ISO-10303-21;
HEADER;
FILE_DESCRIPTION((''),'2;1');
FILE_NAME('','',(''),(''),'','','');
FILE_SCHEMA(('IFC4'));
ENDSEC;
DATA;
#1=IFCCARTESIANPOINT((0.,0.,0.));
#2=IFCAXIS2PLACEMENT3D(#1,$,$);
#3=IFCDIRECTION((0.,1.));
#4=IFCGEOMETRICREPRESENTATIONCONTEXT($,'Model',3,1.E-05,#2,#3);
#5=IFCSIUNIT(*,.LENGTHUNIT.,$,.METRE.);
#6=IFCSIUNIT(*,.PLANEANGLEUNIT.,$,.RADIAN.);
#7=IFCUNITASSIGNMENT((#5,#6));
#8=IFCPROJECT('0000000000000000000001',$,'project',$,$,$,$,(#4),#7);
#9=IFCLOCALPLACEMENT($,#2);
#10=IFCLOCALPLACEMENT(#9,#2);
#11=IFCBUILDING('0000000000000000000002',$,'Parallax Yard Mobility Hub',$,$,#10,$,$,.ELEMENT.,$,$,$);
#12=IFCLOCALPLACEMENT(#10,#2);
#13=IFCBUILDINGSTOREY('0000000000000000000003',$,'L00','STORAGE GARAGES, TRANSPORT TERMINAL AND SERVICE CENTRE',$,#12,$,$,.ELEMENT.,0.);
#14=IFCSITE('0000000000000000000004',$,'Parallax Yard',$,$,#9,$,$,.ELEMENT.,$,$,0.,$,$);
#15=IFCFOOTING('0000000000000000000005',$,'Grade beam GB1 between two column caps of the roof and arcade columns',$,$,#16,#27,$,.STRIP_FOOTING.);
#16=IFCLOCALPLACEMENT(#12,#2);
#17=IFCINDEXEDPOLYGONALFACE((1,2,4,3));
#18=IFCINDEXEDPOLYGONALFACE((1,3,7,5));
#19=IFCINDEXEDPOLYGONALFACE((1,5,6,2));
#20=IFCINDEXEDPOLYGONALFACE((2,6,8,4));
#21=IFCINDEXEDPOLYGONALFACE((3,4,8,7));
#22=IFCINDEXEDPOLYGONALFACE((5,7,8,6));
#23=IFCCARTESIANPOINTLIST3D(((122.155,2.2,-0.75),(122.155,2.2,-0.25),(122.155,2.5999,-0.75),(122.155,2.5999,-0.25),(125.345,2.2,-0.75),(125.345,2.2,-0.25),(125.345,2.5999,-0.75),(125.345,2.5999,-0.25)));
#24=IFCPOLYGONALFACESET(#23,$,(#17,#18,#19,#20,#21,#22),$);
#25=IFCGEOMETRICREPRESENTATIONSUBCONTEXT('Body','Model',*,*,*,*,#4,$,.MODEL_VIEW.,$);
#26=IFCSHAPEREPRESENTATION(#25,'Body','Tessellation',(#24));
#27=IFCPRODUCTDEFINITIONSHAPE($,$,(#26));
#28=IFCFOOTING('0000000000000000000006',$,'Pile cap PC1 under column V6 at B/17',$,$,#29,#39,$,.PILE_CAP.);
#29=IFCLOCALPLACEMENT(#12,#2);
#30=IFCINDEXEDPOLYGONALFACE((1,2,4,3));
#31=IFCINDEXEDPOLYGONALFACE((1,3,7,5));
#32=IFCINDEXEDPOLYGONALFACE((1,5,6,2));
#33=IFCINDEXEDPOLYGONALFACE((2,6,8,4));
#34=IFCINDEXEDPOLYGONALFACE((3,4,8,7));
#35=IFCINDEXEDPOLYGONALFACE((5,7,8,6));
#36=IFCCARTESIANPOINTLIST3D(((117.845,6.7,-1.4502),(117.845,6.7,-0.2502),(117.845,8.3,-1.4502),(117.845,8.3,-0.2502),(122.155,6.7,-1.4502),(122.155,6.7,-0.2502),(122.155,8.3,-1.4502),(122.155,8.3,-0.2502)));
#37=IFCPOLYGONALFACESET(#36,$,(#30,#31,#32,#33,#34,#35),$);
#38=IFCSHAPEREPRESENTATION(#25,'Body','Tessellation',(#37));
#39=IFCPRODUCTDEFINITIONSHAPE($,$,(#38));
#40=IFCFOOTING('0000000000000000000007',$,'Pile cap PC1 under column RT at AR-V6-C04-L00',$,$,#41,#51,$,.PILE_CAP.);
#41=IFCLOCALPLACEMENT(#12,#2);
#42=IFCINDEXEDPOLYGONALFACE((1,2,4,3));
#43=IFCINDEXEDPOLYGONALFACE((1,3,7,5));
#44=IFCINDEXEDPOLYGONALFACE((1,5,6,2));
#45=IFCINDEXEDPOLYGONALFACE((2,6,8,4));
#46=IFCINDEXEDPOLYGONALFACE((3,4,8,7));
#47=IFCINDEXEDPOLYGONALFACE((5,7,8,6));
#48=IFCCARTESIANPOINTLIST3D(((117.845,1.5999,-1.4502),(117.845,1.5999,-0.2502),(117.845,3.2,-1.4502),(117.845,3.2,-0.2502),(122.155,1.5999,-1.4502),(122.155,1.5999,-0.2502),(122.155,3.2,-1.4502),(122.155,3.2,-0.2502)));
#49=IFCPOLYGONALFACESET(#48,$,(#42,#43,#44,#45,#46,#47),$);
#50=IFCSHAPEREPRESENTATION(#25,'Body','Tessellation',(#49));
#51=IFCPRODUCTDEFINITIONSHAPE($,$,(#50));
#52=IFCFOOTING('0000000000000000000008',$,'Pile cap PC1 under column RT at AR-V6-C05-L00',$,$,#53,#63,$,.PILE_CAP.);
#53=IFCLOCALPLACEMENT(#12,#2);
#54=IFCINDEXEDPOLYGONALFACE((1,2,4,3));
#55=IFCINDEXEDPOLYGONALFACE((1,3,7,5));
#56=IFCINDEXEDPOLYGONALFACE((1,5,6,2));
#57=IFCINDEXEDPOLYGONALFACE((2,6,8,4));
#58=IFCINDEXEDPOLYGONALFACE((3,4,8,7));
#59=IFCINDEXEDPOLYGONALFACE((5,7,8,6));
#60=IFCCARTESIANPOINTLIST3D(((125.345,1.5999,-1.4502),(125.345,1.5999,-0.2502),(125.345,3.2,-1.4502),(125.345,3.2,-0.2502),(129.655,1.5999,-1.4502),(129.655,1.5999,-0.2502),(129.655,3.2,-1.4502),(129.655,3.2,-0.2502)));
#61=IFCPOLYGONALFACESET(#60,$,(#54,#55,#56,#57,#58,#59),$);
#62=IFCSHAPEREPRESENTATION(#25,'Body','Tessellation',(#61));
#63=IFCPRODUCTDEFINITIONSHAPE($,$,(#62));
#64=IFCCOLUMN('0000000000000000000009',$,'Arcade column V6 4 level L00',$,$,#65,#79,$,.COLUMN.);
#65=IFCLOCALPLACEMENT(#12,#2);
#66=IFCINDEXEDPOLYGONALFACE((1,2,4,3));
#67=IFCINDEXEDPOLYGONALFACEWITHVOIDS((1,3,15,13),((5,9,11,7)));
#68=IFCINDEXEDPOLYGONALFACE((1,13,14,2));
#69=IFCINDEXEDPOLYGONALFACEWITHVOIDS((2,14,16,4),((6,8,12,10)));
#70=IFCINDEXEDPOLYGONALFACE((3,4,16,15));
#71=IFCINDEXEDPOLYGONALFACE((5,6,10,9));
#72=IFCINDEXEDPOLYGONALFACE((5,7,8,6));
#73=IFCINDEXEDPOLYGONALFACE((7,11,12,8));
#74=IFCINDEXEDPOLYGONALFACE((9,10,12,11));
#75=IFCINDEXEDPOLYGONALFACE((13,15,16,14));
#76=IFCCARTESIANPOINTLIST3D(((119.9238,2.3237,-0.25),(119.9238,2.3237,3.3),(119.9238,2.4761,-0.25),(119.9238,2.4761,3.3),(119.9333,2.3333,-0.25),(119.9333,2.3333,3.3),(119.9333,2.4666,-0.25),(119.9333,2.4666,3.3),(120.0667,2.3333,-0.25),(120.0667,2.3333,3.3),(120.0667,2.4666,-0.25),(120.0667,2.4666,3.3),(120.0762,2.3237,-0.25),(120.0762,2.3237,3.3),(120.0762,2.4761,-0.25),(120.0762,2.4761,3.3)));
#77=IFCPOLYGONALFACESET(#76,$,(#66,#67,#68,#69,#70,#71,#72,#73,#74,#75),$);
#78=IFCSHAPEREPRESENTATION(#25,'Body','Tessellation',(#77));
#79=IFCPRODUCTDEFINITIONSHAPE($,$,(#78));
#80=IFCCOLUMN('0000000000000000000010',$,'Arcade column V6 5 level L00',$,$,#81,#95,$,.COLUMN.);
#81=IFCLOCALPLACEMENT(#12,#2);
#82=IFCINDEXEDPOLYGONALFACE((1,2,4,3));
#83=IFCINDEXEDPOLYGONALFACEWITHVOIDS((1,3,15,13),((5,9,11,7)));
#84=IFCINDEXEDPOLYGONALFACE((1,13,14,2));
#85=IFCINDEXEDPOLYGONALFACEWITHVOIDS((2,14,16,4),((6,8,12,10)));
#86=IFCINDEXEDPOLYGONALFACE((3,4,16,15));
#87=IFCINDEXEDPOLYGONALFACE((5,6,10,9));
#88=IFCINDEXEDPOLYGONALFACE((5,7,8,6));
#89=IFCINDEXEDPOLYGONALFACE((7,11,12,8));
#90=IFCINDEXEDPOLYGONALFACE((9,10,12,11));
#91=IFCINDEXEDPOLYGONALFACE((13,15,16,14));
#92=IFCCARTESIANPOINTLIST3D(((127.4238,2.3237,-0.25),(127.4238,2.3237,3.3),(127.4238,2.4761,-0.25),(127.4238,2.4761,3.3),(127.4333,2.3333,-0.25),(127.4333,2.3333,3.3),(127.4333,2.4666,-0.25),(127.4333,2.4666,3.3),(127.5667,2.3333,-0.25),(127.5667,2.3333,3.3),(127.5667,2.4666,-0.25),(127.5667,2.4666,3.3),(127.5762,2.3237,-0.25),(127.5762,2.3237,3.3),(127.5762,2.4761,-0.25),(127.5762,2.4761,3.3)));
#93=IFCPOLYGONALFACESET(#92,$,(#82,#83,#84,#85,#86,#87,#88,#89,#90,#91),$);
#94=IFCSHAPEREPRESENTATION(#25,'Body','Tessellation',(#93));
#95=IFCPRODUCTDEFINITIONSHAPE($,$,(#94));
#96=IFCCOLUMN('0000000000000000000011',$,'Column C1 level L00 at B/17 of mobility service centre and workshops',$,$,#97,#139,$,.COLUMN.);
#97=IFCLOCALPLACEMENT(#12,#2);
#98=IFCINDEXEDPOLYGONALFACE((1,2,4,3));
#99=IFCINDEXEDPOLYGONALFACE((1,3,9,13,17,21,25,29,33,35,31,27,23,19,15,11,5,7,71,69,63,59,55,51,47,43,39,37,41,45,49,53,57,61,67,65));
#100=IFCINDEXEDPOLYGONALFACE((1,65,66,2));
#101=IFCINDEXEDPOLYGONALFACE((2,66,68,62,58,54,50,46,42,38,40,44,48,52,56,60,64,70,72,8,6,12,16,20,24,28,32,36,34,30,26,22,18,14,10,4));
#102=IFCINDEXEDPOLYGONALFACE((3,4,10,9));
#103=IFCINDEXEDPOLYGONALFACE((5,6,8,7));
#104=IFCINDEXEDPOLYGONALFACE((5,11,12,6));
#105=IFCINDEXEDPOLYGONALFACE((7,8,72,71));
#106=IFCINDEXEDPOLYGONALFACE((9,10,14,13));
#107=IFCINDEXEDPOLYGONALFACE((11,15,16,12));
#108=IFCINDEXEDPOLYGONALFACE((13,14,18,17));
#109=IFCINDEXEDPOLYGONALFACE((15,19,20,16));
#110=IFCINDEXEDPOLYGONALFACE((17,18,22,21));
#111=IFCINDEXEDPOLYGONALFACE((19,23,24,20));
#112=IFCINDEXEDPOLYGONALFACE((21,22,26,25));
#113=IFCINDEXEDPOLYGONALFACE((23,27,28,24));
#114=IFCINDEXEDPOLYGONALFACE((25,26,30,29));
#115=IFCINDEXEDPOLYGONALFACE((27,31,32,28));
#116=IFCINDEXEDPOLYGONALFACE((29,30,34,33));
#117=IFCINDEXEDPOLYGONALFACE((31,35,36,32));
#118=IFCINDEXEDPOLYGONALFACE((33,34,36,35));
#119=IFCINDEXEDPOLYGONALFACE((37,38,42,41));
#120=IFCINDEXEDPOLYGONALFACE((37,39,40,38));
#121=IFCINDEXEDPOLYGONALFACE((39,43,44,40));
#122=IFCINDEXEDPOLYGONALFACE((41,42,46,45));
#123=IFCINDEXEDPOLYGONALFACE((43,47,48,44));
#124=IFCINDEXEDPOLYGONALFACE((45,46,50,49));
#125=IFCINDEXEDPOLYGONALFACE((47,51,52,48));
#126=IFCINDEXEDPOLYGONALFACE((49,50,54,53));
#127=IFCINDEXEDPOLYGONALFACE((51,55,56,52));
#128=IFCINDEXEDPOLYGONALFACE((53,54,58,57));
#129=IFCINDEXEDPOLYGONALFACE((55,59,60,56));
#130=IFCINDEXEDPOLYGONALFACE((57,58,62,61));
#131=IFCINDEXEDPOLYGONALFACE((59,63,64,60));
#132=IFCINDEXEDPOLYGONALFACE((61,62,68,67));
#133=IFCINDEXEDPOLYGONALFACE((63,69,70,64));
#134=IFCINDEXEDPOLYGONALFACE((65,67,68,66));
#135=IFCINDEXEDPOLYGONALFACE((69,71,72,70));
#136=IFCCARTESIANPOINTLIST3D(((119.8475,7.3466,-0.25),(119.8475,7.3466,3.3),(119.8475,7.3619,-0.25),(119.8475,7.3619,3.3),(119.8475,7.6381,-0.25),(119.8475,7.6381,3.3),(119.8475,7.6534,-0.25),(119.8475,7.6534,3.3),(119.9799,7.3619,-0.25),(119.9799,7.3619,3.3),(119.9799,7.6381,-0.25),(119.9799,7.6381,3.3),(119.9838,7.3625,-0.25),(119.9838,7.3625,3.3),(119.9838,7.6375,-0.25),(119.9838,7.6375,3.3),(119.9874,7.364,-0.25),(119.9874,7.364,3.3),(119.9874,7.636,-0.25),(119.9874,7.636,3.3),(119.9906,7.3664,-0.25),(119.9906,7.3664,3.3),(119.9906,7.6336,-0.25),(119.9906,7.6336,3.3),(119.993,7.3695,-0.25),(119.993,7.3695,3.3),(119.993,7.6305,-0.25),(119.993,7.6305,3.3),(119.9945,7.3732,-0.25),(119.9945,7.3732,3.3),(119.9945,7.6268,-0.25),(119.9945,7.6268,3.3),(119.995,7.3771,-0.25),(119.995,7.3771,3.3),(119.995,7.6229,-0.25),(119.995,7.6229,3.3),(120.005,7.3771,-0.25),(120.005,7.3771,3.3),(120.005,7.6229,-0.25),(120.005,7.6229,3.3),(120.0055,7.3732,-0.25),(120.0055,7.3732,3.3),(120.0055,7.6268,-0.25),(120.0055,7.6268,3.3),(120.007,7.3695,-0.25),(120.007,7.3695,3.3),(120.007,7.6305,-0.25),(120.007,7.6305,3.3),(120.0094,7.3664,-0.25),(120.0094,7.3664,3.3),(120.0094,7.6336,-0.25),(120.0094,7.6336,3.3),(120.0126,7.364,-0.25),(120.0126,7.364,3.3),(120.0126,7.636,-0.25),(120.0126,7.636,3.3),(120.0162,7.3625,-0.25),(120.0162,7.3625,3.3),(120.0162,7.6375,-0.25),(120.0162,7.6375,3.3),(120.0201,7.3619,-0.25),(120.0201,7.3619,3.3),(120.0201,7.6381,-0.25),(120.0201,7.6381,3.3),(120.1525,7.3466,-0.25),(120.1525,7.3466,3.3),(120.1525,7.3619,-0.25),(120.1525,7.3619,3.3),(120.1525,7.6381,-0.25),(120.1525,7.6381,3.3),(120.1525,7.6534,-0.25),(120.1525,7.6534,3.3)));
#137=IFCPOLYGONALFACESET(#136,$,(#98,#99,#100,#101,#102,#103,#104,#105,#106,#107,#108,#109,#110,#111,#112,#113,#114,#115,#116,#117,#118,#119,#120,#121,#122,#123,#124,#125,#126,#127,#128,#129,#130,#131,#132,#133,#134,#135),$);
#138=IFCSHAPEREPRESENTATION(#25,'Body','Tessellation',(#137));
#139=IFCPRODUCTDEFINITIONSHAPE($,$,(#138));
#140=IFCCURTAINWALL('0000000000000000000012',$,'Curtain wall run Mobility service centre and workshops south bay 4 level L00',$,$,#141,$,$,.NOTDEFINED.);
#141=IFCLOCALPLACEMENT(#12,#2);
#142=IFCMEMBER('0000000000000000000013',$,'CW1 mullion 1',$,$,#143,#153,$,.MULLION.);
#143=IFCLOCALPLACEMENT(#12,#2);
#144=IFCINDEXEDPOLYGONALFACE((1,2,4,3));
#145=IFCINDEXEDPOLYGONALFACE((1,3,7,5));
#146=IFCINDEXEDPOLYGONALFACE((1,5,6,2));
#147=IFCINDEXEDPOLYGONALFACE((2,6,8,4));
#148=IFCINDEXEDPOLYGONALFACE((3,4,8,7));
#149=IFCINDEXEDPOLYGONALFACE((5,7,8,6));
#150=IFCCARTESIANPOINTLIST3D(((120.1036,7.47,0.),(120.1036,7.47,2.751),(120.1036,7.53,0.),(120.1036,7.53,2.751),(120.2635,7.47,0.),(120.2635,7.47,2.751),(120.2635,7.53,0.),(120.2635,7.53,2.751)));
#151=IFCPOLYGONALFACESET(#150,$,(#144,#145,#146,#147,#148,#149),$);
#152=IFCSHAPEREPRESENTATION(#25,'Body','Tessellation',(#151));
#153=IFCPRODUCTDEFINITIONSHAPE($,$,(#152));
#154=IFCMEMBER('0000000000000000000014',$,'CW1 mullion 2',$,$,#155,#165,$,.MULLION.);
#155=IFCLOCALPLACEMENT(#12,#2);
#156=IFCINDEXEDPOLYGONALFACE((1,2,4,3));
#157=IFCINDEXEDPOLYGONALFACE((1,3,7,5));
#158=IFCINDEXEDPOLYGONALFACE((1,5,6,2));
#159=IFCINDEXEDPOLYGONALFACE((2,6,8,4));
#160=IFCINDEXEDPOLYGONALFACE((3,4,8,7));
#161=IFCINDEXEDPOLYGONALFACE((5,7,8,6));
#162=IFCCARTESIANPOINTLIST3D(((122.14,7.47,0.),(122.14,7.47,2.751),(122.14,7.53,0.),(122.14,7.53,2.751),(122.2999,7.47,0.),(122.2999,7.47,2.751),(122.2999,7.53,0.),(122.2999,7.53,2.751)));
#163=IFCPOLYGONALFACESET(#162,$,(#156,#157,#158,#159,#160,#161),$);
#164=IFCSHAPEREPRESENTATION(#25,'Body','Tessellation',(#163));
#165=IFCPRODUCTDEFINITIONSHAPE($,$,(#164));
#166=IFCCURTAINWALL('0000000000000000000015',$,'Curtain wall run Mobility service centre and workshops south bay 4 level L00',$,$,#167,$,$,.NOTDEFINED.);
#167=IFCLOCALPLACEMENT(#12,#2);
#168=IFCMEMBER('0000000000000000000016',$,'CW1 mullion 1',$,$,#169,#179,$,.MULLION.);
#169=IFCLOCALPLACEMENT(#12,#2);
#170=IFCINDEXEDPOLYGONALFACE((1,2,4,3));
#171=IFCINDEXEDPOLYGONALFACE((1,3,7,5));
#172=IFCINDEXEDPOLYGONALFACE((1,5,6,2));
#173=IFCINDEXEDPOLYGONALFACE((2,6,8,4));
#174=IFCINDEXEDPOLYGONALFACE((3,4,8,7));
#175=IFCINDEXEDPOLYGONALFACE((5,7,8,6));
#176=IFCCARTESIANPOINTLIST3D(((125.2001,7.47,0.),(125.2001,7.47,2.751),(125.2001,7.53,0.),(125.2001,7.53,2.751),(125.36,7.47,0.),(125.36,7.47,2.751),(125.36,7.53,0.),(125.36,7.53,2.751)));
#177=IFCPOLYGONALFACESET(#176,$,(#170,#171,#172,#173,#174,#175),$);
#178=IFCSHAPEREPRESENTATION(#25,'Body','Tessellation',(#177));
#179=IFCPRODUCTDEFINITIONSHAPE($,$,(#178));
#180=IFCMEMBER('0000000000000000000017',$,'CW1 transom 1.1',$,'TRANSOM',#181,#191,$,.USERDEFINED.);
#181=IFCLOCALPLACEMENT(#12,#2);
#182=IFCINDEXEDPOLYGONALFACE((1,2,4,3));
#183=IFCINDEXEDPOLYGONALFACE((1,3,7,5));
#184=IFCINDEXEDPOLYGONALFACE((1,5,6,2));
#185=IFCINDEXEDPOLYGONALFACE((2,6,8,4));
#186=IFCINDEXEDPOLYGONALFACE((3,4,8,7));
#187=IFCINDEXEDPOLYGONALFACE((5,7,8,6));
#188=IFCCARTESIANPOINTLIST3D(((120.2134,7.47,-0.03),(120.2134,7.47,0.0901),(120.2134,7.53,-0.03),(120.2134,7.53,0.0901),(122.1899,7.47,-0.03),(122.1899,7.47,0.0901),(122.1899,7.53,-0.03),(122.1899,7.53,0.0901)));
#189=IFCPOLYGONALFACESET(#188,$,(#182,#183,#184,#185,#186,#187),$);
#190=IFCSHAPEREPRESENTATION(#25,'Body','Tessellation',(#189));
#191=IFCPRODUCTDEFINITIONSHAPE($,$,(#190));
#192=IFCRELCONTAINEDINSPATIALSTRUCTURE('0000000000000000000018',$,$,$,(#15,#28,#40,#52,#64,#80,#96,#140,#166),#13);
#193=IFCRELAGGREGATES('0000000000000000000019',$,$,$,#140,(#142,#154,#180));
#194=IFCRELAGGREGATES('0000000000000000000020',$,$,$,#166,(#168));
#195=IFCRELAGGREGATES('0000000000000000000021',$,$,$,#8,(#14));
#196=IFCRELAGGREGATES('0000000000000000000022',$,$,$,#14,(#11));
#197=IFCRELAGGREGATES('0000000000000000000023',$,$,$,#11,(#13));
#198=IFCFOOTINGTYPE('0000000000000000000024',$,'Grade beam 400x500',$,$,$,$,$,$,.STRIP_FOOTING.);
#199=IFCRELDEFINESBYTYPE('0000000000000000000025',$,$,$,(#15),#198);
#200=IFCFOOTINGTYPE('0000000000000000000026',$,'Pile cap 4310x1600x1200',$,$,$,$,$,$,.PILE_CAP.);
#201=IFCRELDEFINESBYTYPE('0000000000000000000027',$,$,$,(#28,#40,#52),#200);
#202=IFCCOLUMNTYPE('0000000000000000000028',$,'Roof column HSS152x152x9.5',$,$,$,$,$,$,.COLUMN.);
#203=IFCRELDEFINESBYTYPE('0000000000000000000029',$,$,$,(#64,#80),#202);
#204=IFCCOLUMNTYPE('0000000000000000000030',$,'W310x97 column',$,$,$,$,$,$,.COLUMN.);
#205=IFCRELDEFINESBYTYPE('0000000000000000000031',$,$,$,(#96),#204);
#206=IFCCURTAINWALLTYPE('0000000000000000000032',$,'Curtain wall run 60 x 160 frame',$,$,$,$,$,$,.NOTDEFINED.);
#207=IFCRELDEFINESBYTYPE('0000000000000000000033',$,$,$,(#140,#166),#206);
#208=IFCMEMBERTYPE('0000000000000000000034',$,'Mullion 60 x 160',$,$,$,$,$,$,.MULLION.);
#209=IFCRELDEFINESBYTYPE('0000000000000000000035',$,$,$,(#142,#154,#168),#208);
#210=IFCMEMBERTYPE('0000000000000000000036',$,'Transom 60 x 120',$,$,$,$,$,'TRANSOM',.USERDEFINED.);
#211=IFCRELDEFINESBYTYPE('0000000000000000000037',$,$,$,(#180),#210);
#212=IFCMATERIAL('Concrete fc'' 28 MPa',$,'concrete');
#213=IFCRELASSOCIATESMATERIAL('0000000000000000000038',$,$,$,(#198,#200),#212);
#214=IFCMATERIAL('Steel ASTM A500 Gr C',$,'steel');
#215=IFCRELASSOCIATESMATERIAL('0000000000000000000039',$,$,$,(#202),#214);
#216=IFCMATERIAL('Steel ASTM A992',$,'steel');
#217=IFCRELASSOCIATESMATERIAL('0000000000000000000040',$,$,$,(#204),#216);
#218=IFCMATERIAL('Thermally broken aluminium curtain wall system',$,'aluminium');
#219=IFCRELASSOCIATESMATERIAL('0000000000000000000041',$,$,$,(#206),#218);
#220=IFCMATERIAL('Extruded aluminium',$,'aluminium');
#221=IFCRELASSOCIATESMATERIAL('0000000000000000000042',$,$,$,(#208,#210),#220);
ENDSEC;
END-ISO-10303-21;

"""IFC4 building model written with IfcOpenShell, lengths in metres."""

from ifc_helpers import new_model, si_unit, direction, frame, origin, origin_2d, place, context, subcontext, project, spatial, rectangle, hollow_rectangle, i_section, extrude, material, material_profile, profile_set, type_object, element, aggregate, save


model = new_model("IFC4")

# Units and contexts
model_context = context("Model", 3, precision=1e-05, world=origin(), true_north=direction((0.0, 1.0)))
body_context = subcontext(model_context, "Body", "Model", "MODEL_VIEW")
ifc_project = project(units=[si_unit("LENGTHUNIT", "METRE"), si_unit("PLANEANGLEUNIT", "RADIAN")], contexts=[model_context])

# Site, building, storey
site_placement = place(None, origin())
site = spatial("IfcSite", under=ifc_project, at=site_placement, Name="Parallax Yard", CompositionType="ELEMENT", RefElevation=0.0)
building_placement = place(site_placement, origin())
building = spatial("IfcBuilding", under=site, at=building_placement, Name="Parallax Yard Mobility Hub", CompositionType="ELEMENT")
storey_placement = place(building_placement, origin())
storey = spatial("IfcBuildingStorey", under=building, at=storey_placement, Name="L00", Description="STORAGE GARAGES, TRANSPORT TERMINAL AND SERVICE CENTRE", CompositionType="ELEMENT", Elevation=0.0)

# Shared definitions
ifc_material_1 = material(Name="Concrete fc' 28 MPa", Category="concrete")

# Footings
ifc_material_profile_1 = material_profile(ifc_material_1, rectangle(XDim=0.3999, YDim=0.5, at=origin_2d()), Name="Grade beam 400x500")
ifc_profile_set_1 = profile_set([ifc_material_profile_1], Name="Concrete fc' 28 MPa")
footing_type_1 = type_object("IfcFootingType", Name="Grade beam 400x500", PredefinedType="STRIP_FOOTING", material=ifc_profile_set_1)
for number, where, z_axis, x_axis, name in (
    (1, (122.155, 2.3999, -0.5), (1.0, 0.0, 0.0), (0.0, 1.0, 0.0), "Grade beam GB1 between two column caps of the roof and arcade columns"),
):
    element("IfcFooting", number, at=place(storey_placement, frame(where, z_axis=z_axis, x_axis=x_axis)), inside=storey, type_object=footing_type_1, Name=name, PredefinedType="STRIP_FOOTING", context=body_context, shape_type="SweptSolid", body=[
        extrude(rectangle(XDim=0.3999, YDim=0.5, at=origin_2d()), origin(), (0.0, 0.0, 1.0), 3.1899),
    ])
footing_type_2 = type_object("IfcFootingType", Name="Pile cap 4310x1600x1200", PredefinedType="PILE_CAP", material=ifc_material_1)
for number, where, z_axis, x_axis, name in (
    (2, (120.0, 7.5, -1.4502), (0.0, 0.0, 1.0), (1.0, 0.0, 0.0), "Pile cap PC1 under column V6 at B/17"),
    (3, (120.0, 2.3999, -1.4502), (0.0, 0.0, 1.0), (1.0, 0.0, 0.0), "Pile cap PC1 under column RT at AR-V6-C04-L00"),
    (4, (127.5, 2.3999, -1.4502), (0.0, 0.0, 1.0), (1.0, 0.0, 0.0), "Pile cap PC1 under column RT at AR-V6-C05-L00"),
):
    element("IfcFooting", number, at=place(storey_placement, frame(where, z_axis=z_axis, x_axis=x_axis)), inside=storey, type_object=footing_type_2, Name=name, PredefinedType="PILE_CAP", context=body_context, shape_type="SweptSolid", body=[
        extrude(rectangle(XDim=4.3101, YDim=1.6001, at=origin_2d()), origin(), (0.0, 0.0, 1.0), 1.2),
    ])

# Columns
ifc_material_2 = material(Name="Steel ASTM A500 Gr C", Category="steel")
ifc_material_profile_2 = material_profile(ifc_material_2, hollow_rectangle(XDim=0.1523, YDim=0.1523, WallThickness=0.0095, at=origin_2d()), Name="HSS152x152x9.5")
ifc_profile_set_2 = profile_set([ifc_material_profile_2], Name="Steel ASTM A500 Gr C")
column_type_1 = type_object("IfcColumnType", Name="Roof column HSS152x152x9.5", PredefinedType="COLUMN", material=ifc_profile_set_2)
for number, where, z_axis, x_axis, name in (
    (5, (120.0, 2.3999, -0.25), (0.0, 0.0, 1.0), (1.0, 0.0, 0.0), "Arcade column V6 4 level L00"),
    (6, (127.5, 2.3999, -0.25), (0.0, 0.0, 1.0), (1.0, 0.0, 0.0), "Arcade column V6 5 level L00"),
):
    element("IfcColumn", number, at=place(storey_placement, frame(where, z_axis=z_axis, x_axis=x_axis)), inside=storey, type_object=column_type_1, Name=name, PredefinedType="COLUMN", context=body_context, shape_type="SweptSolid", body=[
        extrude(hollow_rectangle(XDim=0.1523, YDim=0.1523, WallThickness=0.0095, at=origin_2d()), origin(), (0.0, 0.0, 1.0), 3.55),
    ])
ifc_material_3 = material(Name="Steel ASTM A992", Category="steel")
ifc_material_profile_3 = material_profile(ifc_material_3, i_section(OverallWidth=0.3049, OverallDepth=0.3069, WebThickness=0.01, FlangeThickness=0.0154, FilletRadius=0.0151, at=origin_2d()), Name="W310x97")
ifc_profile_set_3 = profile_set([ifc_material_profile_3], Name="Steel ASTM A992")
column_type_2 = type_object("IfcColumnType", Name="W310x97 column", PredefinedType="COLUMN", material=ifc_profile_set_3)
column_placement = place(storey_placement, frame((120.0, 7.5, -0.25), z_axis=(0.0, 0.0, 1.0), x_axis=(1.0, 0.0, 0.0)))
element("IfcColumn", 7, at=column_placement, inside=storey, type_object=column_type_2, Name="Column C1 level L00 at B/17 of mobility service centre and workshops", PredefinedType="COLUMN", context=body_context, shape_type="SweptSolid", body=[
    extrude(i_section(OverallWidth=0.3049, OverallDepth=0.3069, WebThickness=0.01, FlangeThickness=0.0154, FilletRadius=0.0151, at=origin_2d()), origin(), (0.0, 0.0, 1.0), 3.55),
])

# Curtain wall, members
ifc_material_4 = material(Name="Thermally broken aluminium curtain wall system", Category="aluminium")
curtain_wall_type = type_object("IfcCurtainWallType", Name="Curtain wall run 60 x 160 frame", PredefinedType="NOTDEFINED", material=ifc_material_4)
curtain_wall_1_placement = place(storey_placement, origin())
curtain_wall_1 = element("IfcCurtainWall", 8, at=curtain_wall_1_placement, inside=storey, type_object=curtain_wall_type, Name="Curtain wall run Mobility service centre and workshops south bay 4 level L00", PredefinedType="NOTDEFINED")
ifc_material_5 = material(Name="Extruded aluminium", Category="aluminium")
ifc_material_profile_4 = material_profile(ifc_material_5, rectangle(XDim=0.0601, YDim=0.1599, at=origin_2d()), Name="Mullion 60 x 160")
ifc_profile_set_4 = profile_set([ifc_material_profile_4], Name="Extruded aluminium")
member_type_1 = type_object("IfcMemberType", Name="Mullion 60 x 160", PredefinedType="MULLION", material=ifc_profile_set_4)
member_1_placement = place(storey_placement, frame((120.1836, 7.5, 0.0), z_axis=(0.0, 0.0, 1.0), x_axis=(0.0, 1.0, 0.0)))
member_1 = element("IfcMember", 9, at=member_1_placement, type_object=member_type_1, Name="CW1 mullion 1", PredefinedType="MULLION", context=body_context, shape_type="SweptSolid", body=[
    extrude(rectangle(XDim=0.0601, YDim=0.1599, at=origin_2d()), origin(), (0.0, 0.0, 1.0), 2.751),
])
member_2_placement = place(storey_placement, frame((122.22, 7.5, 0.0), z_axis=(0.0, 0.0, 1.0), x_axis=(0.0, 1.0, 0.0)))
member_2 = element("IfcMember", 10, at=member_2_placement, type_object=member_type_1, Name="CW1 mullion 2", PredefinedType="MULLION", context=body_context, shape_type="SweptSolid", body=[
    extrude(rectangle(XDim=0.0601, YDim=0.1599, at=origin_2d()), origin(), (0.0, 0.0, 1.0), 2.751),
])

# Curtain wall, member
curtain_wall_2_placement = place(storey_placement, origin())
curtain_wall_2 = element("IfcCurtainWall", 11, at=curtain_wall_2_placement, inside=storey, type_object=curtain_wall_type, Name="Curtain wall run Mobility service centre and workshops south bay 4 level L00", PredefinedType="NOTDEFINED")
member_3_placement = place(storey_placement, frame((125.28, 7.5, 0.0), z_axis=(0.0, 0.0, 1.0), x_axis=(0.0, 1.0, 0.0)))
member_3 = element("IfcMember", 12, at=member_3_placement, type_object=member_type_1, Name="CW1 mullion 1", PredefinedType="MULLION", context=body_context, shape_type="SweptSolid", body=[
    extrude(rectangle(XDim=0.0601, YDim=0.1599, at=origin_2d()), origin(), (0.0, 0.0, 1.0), 2.751),
])

# Member
ifc_material_profile_5 = material_profile(ifc_material_5, rectangle(XDim=0.0601, YDim=0.1201, at=origin_2d()), Name="Transom 60 x 120")
ifc_profile_set_5 = profile_set([ifc_material_profile_5], Name="Extruded aluminium")
member_type_2 = type_object("IfcMemberType", Name="Transom 60 x 120", ElementType="TRANSOM", PredefinedType="USERDEFINED", material=ifc_profile_set_5)
member_4_placement = place(storey_placement, frame((120.2134, 7.5, 0.03), z_axis=(1.0, 0.0, 0.0), x_axis=(0.0, 1.0, 0.0)))
member_4 = element("IfcMember", 13, at=member_4_placement, type_object=member_type_2, Name="CW1 transom 1.1", ObjectType="TRANSOM", PredefinedType="USERDEFINED", context=body_context, shape_type="SweptSolid", body=[
    extrude(rectangle(XDim=0.0601, YDim=0.1201, at=origin_2d()), origin(), (0.0, 0.0, 1.0), 1.9766),
])

aggregate(curtain_wall_1, [member_1, member_2, member_4])
aggregate(curtain_wall_2, [member_3])

save(model, "model.ifc")
